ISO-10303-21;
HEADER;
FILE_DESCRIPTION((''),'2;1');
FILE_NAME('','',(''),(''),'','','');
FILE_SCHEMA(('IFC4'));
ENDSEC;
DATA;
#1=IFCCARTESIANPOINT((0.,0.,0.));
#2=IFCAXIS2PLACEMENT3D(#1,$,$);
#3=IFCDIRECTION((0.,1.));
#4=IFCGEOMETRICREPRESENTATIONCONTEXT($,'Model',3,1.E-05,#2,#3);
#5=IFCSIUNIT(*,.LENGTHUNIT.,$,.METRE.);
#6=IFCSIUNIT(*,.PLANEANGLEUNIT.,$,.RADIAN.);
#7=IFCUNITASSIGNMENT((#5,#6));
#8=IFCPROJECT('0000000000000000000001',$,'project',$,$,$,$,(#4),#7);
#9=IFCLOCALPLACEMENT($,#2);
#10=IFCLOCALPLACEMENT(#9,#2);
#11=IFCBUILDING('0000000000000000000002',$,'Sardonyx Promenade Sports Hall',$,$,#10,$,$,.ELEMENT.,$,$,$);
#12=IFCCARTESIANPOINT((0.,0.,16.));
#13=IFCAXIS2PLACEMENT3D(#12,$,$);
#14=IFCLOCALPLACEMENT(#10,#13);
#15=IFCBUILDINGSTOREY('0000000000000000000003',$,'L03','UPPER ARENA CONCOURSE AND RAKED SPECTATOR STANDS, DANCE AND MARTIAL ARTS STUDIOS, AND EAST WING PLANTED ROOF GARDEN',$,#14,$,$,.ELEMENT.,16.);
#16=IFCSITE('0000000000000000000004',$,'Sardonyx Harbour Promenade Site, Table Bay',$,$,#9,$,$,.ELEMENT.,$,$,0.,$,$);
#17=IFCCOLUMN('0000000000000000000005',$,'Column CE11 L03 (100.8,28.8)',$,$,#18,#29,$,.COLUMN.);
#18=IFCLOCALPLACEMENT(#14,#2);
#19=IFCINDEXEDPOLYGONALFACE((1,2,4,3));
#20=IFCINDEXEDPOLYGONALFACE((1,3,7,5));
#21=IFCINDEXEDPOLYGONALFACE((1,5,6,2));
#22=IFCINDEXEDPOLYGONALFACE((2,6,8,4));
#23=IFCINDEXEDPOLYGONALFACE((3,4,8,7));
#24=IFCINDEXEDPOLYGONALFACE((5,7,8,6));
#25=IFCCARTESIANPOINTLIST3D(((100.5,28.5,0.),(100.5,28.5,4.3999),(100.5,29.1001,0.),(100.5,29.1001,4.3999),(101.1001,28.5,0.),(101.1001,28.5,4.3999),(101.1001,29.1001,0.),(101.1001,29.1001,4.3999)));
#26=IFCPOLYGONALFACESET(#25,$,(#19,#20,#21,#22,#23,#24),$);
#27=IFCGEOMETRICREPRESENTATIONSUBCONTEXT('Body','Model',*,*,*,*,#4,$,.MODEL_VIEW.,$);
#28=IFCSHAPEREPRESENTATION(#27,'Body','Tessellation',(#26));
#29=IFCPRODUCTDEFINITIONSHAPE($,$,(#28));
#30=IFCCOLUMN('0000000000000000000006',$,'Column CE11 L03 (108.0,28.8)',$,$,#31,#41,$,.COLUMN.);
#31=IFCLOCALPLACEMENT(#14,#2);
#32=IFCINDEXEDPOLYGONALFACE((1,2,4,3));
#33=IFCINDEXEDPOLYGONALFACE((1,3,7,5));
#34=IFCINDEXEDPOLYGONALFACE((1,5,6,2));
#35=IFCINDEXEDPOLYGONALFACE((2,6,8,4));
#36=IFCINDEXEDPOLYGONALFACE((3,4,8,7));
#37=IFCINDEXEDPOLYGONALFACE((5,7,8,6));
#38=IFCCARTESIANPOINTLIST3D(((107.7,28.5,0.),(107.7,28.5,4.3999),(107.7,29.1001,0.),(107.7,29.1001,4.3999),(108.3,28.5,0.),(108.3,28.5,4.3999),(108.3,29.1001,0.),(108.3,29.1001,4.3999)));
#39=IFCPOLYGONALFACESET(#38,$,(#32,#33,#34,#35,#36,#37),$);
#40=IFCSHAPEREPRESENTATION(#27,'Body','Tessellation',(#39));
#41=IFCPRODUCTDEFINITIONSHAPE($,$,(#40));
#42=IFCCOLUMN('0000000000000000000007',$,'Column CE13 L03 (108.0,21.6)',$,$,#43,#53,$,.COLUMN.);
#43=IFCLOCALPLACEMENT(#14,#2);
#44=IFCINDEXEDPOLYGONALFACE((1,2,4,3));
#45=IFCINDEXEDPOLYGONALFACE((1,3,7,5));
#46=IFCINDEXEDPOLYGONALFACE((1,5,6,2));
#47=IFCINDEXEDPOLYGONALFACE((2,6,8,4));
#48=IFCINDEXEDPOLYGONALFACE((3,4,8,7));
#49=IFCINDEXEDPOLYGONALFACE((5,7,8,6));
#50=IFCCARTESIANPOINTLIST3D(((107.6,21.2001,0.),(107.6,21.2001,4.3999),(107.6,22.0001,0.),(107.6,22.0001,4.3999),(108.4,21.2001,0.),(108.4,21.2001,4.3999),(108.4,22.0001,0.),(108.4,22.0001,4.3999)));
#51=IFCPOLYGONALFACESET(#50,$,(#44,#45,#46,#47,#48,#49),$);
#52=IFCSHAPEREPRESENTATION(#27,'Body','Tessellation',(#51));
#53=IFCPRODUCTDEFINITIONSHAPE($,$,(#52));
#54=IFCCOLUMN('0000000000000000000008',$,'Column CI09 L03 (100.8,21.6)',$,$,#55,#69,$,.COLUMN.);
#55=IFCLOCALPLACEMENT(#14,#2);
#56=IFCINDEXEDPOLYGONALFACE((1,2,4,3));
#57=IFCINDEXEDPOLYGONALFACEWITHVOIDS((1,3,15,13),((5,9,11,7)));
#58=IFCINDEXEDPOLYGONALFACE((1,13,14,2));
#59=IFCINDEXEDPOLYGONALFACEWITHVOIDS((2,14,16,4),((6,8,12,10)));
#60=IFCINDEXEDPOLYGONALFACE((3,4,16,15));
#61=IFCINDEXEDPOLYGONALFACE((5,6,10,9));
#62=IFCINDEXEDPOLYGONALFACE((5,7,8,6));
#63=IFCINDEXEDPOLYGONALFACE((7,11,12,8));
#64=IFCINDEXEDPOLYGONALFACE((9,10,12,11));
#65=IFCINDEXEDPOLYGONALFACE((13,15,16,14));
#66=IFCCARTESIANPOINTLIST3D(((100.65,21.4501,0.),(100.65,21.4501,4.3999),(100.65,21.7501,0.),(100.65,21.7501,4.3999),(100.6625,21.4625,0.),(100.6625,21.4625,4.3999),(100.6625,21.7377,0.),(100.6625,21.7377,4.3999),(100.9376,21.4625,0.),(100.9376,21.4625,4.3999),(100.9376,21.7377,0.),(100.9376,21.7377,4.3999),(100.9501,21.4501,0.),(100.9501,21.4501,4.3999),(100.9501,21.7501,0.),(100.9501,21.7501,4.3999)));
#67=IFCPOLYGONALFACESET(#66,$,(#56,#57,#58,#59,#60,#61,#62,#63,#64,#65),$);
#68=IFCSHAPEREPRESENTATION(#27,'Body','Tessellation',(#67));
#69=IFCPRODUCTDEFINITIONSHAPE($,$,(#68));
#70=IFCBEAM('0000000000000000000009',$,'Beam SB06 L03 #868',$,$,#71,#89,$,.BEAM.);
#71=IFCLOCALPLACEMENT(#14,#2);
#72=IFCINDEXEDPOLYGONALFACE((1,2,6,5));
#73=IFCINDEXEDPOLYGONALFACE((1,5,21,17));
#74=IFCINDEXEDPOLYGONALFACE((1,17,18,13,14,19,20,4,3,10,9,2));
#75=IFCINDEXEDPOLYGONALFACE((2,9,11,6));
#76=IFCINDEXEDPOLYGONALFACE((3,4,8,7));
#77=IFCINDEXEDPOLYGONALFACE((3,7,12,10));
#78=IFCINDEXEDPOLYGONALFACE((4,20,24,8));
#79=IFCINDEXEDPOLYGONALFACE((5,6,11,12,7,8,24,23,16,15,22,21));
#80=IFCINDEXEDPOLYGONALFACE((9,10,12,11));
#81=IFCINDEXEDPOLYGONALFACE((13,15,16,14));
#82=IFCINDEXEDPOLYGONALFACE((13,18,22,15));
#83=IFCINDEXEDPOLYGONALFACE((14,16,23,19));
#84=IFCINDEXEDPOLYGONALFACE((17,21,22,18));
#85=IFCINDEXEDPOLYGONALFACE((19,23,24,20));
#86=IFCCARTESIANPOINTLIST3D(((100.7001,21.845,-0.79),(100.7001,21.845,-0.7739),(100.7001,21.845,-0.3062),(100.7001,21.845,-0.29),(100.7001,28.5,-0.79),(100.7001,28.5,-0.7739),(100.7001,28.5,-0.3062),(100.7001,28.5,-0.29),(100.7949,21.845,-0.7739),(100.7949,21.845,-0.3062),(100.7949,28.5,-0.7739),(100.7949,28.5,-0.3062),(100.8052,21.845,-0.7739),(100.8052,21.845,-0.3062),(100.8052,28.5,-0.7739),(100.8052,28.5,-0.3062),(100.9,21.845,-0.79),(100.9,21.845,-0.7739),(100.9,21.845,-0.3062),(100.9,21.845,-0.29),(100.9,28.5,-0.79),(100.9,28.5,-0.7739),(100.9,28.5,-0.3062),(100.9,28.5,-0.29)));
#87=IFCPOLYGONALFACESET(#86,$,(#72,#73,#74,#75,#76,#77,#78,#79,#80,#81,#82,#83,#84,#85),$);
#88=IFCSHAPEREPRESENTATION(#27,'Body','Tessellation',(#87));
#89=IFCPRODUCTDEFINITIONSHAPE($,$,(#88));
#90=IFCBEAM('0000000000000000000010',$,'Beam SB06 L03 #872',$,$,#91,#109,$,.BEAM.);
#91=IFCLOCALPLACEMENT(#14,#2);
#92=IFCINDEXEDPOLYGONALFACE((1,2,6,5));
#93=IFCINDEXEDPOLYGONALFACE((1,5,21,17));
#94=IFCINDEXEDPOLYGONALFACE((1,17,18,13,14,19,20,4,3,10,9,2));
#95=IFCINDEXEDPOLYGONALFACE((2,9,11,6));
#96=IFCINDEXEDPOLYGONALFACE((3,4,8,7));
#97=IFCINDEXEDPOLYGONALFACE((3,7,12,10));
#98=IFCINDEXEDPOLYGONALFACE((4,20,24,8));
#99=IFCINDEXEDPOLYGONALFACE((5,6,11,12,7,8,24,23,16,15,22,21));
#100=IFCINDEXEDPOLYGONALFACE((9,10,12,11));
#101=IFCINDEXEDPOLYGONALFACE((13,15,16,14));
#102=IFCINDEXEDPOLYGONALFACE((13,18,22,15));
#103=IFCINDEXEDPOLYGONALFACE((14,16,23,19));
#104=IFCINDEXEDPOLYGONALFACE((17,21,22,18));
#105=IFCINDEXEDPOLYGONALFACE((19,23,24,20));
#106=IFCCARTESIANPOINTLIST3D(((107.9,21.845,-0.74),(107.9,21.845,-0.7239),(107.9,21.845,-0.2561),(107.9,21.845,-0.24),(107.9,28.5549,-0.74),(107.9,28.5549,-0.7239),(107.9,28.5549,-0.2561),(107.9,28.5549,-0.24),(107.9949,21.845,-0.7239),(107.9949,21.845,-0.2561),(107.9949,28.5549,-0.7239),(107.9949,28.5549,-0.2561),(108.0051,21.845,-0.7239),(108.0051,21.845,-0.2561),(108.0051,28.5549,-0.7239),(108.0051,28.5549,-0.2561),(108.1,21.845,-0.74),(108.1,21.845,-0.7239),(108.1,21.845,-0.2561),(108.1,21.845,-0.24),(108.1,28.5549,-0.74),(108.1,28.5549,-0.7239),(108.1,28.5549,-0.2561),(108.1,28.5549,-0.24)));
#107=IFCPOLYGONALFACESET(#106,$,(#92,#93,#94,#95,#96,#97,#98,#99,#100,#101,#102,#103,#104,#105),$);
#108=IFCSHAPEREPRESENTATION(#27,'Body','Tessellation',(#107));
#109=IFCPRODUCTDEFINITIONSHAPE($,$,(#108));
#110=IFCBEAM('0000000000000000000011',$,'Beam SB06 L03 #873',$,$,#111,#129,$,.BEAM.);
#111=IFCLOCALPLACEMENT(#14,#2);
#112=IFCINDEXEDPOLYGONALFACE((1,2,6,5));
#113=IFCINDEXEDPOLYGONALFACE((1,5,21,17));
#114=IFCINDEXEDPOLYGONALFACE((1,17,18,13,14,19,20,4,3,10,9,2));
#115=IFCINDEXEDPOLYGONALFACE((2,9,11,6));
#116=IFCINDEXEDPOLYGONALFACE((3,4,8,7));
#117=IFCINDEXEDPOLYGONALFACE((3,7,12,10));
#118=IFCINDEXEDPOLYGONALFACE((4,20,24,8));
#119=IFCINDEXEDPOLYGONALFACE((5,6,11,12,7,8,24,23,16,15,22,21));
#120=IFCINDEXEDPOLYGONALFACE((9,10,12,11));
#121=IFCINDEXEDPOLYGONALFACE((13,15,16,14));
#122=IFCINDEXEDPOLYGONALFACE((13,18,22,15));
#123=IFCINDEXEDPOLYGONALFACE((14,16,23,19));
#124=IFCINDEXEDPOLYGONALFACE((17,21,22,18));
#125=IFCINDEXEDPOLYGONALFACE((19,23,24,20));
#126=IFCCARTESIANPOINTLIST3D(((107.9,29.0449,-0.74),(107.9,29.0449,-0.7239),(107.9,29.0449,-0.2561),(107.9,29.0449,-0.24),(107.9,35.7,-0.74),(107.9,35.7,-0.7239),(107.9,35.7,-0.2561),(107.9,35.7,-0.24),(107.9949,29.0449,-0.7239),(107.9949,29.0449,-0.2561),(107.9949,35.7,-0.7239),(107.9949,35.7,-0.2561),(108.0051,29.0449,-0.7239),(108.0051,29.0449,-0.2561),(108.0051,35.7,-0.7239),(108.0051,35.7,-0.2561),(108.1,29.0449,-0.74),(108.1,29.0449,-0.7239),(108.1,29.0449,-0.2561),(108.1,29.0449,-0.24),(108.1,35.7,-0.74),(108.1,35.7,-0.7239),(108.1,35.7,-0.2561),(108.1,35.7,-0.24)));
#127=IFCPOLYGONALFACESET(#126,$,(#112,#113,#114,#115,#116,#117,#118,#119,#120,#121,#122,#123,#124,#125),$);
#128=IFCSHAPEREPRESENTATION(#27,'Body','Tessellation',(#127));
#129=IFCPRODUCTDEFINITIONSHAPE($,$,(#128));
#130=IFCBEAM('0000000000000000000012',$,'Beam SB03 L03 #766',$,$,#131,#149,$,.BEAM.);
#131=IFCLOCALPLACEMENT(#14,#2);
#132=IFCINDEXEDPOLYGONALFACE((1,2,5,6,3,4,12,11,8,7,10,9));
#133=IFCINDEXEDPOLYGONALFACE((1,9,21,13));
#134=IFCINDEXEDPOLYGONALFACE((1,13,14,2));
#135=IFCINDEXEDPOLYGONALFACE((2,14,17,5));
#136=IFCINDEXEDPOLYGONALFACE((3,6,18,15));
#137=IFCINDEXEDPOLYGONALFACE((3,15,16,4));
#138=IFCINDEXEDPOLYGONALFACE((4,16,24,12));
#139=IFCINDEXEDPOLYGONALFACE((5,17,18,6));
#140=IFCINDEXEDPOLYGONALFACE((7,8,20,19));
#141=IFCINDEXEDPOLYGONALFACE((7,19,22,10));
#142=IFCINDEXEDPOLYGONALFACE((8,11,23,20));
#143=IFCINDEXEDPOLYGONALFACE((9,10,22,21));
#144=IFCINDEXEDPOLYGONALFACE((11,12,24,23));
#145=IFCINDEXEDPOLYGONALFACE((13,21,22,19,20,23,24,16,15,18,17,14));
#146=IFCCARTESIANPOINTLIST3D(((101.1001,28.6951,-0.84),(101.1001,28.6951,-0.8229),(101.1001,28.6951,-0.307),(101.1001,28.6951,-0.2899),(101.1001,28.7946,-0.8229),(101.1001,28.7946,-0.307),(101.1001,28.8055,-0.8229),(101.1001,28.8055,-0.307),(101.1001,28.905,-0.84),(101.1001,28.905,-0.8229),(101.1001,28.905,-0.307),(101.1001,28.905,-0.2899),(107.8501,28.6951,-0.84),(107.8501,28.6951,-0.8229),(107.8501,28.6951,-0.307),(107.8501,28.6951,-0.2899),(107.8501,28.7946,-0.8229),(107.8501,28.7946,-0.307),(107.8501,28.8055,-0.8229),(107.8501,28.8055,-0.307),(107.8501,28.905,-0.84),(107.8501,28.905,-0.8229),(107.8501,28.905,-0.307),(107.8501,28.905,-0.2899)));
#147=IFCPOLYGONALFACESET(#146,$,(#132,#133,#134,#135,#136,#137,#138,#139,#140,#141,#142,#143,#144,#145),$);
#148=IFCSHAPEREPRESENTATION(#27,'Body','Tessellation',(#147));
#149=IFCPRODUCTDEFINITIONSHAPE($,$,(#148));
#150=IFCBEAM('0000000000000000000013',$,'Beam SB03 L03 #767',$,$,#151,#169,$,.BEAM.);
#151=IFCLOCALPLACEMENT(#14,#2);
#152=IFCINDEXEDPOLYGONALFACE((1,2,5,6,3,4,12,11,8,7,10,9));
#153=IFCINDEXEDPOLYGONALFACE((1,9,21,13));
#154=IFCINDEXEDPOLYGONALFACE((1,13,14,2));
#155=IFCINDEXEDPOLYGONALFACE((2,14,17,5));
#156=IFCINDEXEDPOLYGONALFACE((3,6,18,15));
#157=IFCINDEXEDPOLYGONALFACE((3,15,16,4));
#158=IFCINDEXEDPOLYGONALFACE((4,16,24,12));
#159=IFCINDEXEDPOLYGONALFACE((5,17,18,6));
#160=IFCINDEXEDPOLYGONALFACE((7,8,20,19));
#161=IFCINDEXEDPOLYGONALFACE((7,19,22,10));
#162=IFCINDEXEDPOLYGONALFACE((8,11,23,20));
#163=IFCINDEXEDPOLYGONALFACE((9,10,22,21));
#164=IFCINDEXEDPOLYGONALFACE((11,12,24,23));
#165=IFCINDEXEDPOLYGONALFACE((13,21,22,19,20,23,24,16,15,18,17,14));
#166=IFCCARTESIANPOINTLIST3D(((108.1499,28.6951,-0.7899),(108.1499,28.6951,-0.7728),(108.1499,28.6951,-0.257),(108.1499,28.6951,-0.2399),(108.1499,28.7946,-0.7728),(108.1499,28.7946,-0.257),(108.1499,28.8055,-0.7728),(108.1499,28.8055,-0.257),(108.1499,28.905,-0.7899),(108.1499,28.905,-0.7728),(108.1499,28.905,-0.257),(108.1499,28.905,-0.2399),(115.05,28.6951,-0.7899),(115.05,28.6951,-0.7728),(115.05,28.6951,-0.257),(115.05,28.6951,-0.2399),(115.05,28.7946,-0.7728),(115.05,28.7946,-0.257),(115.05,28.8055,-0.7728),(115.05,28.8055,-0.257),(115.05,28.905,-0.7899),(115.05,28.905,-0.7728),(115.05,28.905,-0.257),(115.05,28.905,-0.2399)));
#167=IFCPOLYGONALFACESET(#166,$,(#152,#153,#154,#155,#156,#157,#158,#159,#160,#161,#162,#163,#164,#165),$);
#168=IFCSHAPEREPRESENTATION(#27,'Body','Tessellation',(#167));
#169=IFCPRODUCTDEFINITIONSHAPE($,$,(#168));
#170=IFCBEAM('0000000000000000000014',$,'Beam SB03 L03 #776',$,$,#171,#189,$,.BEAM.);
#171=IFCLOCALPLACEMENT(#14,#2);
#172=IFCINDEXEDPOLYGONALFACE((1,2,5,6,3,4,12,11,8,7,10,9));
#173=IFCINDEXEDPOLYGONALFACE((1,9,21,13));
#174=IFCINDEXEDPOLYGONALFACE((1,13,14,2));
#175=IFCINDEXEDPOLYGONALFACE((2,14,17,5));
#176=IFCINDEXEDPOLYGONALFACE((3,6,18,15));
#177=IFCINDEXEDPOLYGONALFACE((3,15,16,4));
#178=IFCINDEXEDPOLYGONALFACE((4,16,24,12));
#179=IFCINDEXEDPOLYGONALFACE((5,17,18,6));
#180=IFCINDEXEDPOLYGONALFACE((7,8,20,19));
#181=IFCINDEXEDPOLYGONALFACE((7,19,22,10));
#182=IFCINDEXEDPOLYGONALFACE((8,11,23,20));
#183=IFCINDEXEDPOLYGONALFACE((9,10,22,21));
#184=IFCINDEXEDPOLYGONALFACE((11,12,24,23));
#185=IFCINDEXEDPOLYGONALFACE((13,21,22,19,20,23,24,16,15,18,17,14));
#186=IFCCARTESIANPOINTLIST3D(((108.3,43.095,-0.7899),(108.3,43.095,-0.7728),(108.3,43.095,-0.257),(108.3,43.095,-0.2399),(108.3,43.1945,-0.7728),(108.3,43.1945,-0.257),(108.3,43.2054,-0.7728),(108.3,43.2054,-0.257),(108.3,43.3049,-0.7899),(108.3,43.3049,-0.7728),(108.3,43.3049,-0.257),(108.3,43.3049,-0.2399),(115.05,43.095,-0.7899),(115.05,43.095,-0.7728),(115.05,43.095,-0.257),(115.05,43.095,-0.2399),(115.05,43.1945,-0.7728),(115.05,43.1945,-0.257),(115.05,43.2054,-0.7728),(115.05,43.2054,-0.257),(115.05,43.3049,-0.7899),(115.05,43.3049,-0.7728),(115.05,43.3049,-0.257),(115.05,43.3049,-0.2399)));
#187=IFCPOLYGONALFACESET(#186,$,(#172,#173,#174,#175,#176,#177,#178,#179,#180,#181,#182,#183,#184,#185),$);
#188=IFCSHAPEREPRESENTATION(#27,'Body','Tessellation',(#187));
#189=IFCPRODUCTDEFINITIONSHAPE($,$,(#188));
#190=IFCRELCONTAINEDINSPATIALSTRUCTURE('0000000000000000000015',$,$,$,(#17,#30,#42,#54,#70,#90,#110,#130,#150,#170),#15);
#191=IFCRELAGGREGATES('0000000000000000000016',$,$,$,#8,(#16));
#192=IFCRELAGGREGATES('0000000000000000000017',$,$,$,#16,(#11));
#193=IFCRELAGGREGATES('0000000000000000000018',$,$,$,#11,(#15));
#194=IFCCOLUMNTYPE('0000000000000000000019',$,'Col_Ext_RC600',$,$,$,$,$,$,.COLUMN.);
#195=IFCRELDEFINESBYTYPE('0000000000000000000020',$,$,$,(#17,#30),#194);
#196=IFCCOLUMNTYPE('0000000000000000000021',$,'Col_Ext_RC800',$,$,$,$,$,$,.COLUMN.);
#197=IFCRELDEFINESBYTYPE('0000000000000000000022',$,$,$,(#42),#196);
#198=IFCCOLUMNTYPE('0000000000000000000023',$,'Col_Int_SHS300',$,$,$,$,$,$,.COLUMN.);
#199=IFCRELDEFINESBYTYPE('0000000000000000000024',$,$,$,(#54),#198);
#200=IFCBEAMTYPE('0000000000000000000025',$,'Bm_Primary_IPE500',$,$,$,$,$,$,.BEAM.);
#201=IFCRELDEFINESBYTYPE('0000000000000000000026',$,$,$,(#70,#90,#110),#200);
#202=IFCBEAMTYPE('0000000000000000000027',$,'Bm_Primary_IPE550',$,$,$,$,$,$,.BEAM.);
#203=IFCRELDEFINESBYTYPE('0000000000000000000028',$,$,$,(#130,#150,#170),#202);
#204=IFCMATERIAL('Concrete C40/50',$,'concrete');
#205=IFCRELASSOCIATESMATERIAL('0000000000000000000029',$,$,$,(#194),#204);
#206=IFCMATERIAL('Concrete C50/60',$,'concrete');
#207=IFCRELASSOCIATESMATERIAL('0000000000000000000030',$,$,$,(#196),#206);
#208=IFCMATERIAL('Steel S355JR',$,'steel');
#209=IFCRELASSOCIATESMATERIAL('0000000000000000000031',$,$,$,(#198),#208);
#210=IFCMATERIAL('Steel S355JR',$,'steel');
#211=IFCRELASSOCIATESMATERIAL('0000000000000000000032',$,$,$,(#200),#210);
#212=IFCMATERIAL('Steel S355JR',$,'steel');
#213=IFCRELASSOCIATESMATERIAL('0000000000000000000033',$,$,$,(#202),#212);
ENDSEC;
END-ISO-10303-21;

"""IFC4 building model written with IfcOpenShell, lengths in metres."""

from ifc_helpers import new_model, si_unit, direction, frame, origin, origin_2d, place, context, subcontext, project, spatial, rectangle, hollow_rectangle, i_section, extrude, material, material_profile, profile_set, type_object, element, save


model = new_model("IFC4")

# Units and contexts
model_context = context("Model", 3, precision=1e-05, world=origin(), true_north=direction((0.0, 1.0)))
body_context = subcontext(model_context, "Body", "Model", "MODEL_VIEW")
ifc_project = project(units=[si_unit("LENGTHUNIT", "METRE"), si_unit("PLANEANGLEUNIT", "RADIAN")], contexts=[model_context])

# Site, building, storey
site_placement = place(None, origin())
site = spatial("IfcSite", under=ifc_project, at=site_placement, Name="Sardonyx Harbour Promenade Site, Table Bay", CompositionType="ELEMENT", RefElevation=0.0)
building_placement = place(site_placement, origin())
building = spatial("IfcBuilding", under=site, at=building_placement, Name="Sardonyx Promenade Sports Hall", CompositionType="ELEMENT")
storey_placement = place(building_placement, frame((0.0, 0.0, 16.0)))
storey = spatial("IfcBuildingStorey", under=building, at=storey_placement, Name="L03", Description="UPPER ARENA CONCOURSE AND RAKED SPECTATOR STANDS, DANCE AND MARTIAL ARTS STUDIOS, AND EAST WING PLANTED ROOF GARDEN", CompositionType="ELEMENT", Elevation=16.0)

# Columns
ifc_material_1 = material(Name="Concrete C40/50", Category="concrete")
ifc_material_profile_1 = material_profile(ifc_material_1, rectangle(XDim=0.6001, YDim=0.6001, at=origin_2d()))
ifc_profile_set_1 = profile_set([ifc_material_profile_1], Name="Concrete C40/50")
column_type_1 = type_object("IfcColumnType", Name="Col_Ext_RC600", PredefinedType="COLUMN", material=ifc_profile_set_1)
for number, where, z_axis, x_axis, name in (
    (1, (100.8, 28.8, 0.0), (0.0, 0.0, 1.0), (1.0, 0.0, 0.0), "Column CE11 L03 (100.8,28.8)"),
    (2, (108.0, 28.8, 0.0), (0.0, 0.0, 1.0), (1.0, 0.0, 0.0), "Column CE11 L03 (108.0,28.8)"),
):
    element("IfcColumn", number, at=place(storey_placement, frame(where, z_axis=z_axis, x_axis=x_axis)), inside=storey, type_object=column_type_1, Name=name, PredefinedType="COLUMN", context=body_context, shape_type="SweptSolid", body=[
        extrude(rectangle(XDim=0.6001, YDim=0.6001, at=origin_2d()), origin(), (0.0, 0.0, 1.0), 4.3999),
    ])
ifc_material_2 = material(Name="Concrete C50/60", Category="concrete")
ifc_material_profile_2 = material_profile(ifc_material_2, rectangle(XDim=0.8, YDim=0.8, at=origin_2d()))
ifc_profile_set_2 = profile_set([ifc_material_profile_2], Name="Concrete C50/60")
column_type_2 = type_object("IfcColumnType", Name="Col_Ext_RC800", PredefinedType="COLUMN", material=ifc_profile_set_2)
column_1_placement = place(storey_placement, frame((108.0, 21.6001, 0.0), z_axis=(0.0, 0.0, 1.0), x_axis=(1.0, 0.0, 0.0)))
element("IfcColumn", 3, at=column_1_placement, inside=storey, type_object=column_type_2, Name="Column CE13 L03 (108.0,21.6)", PredefinedType="COLUMN", context=body_context, shape_type="SweptSolid", body=[
    extrude(rectangle(XDim=0.8, YDim=0.8, at=origin_2d()), origin(), (0.0, 0.0, 1.0), 4.3999),
])
ifc_material_3 = material(Name="Steel S355JR", Category="steel")
ifc_material_profile_3 = material_profile(ifc_material_3, hollow_rectangle(XDim=0.3, YDim=0.3, WallThickness=0.0125, at=origin_2d()))
ifc_profile_set_3 = profile_set([ifc_material_profile_3], Name="Steel S355JR")
column_type_3 = type_object("IfcColumnType", Name="Col_Int_SHS300", PredefinedType="COLUMN", material=ifc_profile_set_3)
column_2_placement = place(storey_placement, frame((100.8, 21.6001, 0.0), z_axis=(0.0, 0.0, 1.0), x_axis=(1.0, 0.0, 0.0)))
element("IfcColumn", 4, at=column_2_placement, inside=storey, type_object=column_type_3, Name="Column CI09 L03 (100.8,21.6)", PredefinedType="COLUMN", context=body_context, shape_type="SweptSolid", body=[
    extrude(hollow_rectangle(XDim=0.3, YDim=0.3, WallThickness=0.0125, at=origin_2d()), origin(), (0.0, 0.0, 1.0), 4.3999),
])

# Beams
ifc_material_4 = material(Name="Steel S355JR", Category="steel")
ifc_material_profile_4 = material_profile(ifc_material_4, i_section(OverallWidth=0.2, OverallDepth=0.5, WebThickness=0.0103, FlangeThickness=0.0161, at=origin_2d()))
ifc_profile_set_4 = profile_set([ifc_material_profile_4], Name="Steel S355JR")
beam_type_1 = type_object("IfcBeamType", Name="Bm_Primary_IPE500", PredefinedType="BEAM", material=ifc_profile_set_4)
beam_1_placement = place(storey_placement, frame((100.8, 21.845, -0.54), z_axis=(0.0, 1.0, 0.0), x_axis=(-1.0, 0.0, 0.0)))
element("IfcBeam", 5, at=beam_1_placement, inside=storey, type_object=beam_type_1, Name="Beam SB06 L03 #868", PredefinedType="BEAM", context=body_context, shape_type="SweptSolid", body=[
    extrude(i_section(OverallWidth=0.2, OverallDepth=0.5, WebThickness=0.0103, FlangeThickness=0.0161, at=origin_2d()), origin(), (0.0, 0.0, 1.0), 6.655),
])
beam_2_placement = place(storey_placement, frame((108.0, 21.845, -0.49), z_axis=(0.0, 1.0, 0.0), x_axis=(-1.0, 0.0, 0.0)))
element("IfcBeam", 6, at=beam_2_placement, inside=storey, type_object=beam_type_1, Name="Beam SB06 L03 #872", PredefinedType="BEAM", context=body_context, shape_type="SweptSolid", body=[
    extrude(i_section(OverallWidth=0.2, OverallDepth=0.5, WebThickness=0.0103, FlangeThickness=0.0161, at=origin_2d()), origin(), (0.0, 0.0, 1.0), 6.71),
])
beam_3_placement = place(storey_placement, frame((108.0, 29.0449, -0.49), z_axis=(0.0, 1.0, 0.0), x_axis=(-1.0, 0.0, 0.0)))
element("IfcBeam", 7, at=beam_3_placement, inside=storey, type_object=beam_type_1, Name="Beam SB06 L03 #873", PredefinedType="BEAM", context=body_context, shape_type="SweptSolid", body=[
    extrude(i_section(OverallWidth=0.2, OverallDepth=0.5, WebThickness=0.0103, FlangeThickness=0.0161, at=origin_2d()), origin(), (0.0, 0.0, 1.0), 6.655),
])
ifc_material_5 = material(Name="Steel S355JR", Category="steel")
ifc_material_profile_5 = material_profile(ifc_material_5, i_section(OverallWidth=0.21, OverallDepth=0.55, WebThickness=0.011, FlangeThickness=0.0171, at=origin_2d()))
ifc_profile_set_5 = profile_set([ifc_material_profile_5], Name="Steel S355JR")
beam_type_2 = type_object("IfcBeamType", Name="Bm_Primary_IPE550", PredefinedType="BEAM", material=ifc_profile_set_5)
beam_4_placement = place(storey_placement, frame((101.1001, 28.8, -0.5649), z_axis=(1.0, 0.0, 0.0), x_axis=(0.0, 1.0, 0.0)))
element("IfcBeam", 8, at=beam_4_placement, inside=storey, type_object=beam_type_2, Name="Beam SB03 L03 #766", PredefinedType="BEAM", context=body_context, shape_type="SweptSolid", body=[
    extrude(i_section(OverallWidth=0.21, OverallDepth=0.55, WebThickness=0.011, FlangeThickness=0.0171, at=origin_2d()), origin(), (0.0, 0.0, 1.0), 6.75),
])
beam_5_placement = place(storey_placement, frame((108.1499, 28.8, -0.5149), z_axis=(1.0, 0.0, 0.0), x_axis=(0.0, 1.0, 0.0)))
element("IfcBeam", 9, at=beam_5_placement, inside=storey, type_object=beam_type_2, Name="Beam SB03 L03 #767", PredefinedType="BEAM", context=body_context, shape_type="SweptSolid", body=[
    extrude(i_section(OverallWidth=0.21, OverallDepth=0.55, WebThickness=0.011, FlangeThickness=0.0171, at=origin_2d()), origin(), (0.0, 0.0, 1.0), 6.9001),
])
beam_6_placement = place(storey_placement, frame((108.3, 43.2, -0.5149), z_axis=(1.0, 0.0, 0.0), x_axis=(0.0, 1.0, 0.0)))
element("IfcBeam", 10, at=beam_6_placement, inside=storey, type_object=beam_type_2, Name="Beam SB03 L03 #776", PredefinedType="BEAM", context=body_context, shape_type="SweptSolid", body=[
    extrude(i_section(OverallWidth=0.21, OverallDepth=0.55, WebThickness=0.011, FlangeThickness=0.0171, at=origin_2d()), origin(), (0.0, 0.0, 1.0), 6.75),
])

save(model, "model.ifc")
